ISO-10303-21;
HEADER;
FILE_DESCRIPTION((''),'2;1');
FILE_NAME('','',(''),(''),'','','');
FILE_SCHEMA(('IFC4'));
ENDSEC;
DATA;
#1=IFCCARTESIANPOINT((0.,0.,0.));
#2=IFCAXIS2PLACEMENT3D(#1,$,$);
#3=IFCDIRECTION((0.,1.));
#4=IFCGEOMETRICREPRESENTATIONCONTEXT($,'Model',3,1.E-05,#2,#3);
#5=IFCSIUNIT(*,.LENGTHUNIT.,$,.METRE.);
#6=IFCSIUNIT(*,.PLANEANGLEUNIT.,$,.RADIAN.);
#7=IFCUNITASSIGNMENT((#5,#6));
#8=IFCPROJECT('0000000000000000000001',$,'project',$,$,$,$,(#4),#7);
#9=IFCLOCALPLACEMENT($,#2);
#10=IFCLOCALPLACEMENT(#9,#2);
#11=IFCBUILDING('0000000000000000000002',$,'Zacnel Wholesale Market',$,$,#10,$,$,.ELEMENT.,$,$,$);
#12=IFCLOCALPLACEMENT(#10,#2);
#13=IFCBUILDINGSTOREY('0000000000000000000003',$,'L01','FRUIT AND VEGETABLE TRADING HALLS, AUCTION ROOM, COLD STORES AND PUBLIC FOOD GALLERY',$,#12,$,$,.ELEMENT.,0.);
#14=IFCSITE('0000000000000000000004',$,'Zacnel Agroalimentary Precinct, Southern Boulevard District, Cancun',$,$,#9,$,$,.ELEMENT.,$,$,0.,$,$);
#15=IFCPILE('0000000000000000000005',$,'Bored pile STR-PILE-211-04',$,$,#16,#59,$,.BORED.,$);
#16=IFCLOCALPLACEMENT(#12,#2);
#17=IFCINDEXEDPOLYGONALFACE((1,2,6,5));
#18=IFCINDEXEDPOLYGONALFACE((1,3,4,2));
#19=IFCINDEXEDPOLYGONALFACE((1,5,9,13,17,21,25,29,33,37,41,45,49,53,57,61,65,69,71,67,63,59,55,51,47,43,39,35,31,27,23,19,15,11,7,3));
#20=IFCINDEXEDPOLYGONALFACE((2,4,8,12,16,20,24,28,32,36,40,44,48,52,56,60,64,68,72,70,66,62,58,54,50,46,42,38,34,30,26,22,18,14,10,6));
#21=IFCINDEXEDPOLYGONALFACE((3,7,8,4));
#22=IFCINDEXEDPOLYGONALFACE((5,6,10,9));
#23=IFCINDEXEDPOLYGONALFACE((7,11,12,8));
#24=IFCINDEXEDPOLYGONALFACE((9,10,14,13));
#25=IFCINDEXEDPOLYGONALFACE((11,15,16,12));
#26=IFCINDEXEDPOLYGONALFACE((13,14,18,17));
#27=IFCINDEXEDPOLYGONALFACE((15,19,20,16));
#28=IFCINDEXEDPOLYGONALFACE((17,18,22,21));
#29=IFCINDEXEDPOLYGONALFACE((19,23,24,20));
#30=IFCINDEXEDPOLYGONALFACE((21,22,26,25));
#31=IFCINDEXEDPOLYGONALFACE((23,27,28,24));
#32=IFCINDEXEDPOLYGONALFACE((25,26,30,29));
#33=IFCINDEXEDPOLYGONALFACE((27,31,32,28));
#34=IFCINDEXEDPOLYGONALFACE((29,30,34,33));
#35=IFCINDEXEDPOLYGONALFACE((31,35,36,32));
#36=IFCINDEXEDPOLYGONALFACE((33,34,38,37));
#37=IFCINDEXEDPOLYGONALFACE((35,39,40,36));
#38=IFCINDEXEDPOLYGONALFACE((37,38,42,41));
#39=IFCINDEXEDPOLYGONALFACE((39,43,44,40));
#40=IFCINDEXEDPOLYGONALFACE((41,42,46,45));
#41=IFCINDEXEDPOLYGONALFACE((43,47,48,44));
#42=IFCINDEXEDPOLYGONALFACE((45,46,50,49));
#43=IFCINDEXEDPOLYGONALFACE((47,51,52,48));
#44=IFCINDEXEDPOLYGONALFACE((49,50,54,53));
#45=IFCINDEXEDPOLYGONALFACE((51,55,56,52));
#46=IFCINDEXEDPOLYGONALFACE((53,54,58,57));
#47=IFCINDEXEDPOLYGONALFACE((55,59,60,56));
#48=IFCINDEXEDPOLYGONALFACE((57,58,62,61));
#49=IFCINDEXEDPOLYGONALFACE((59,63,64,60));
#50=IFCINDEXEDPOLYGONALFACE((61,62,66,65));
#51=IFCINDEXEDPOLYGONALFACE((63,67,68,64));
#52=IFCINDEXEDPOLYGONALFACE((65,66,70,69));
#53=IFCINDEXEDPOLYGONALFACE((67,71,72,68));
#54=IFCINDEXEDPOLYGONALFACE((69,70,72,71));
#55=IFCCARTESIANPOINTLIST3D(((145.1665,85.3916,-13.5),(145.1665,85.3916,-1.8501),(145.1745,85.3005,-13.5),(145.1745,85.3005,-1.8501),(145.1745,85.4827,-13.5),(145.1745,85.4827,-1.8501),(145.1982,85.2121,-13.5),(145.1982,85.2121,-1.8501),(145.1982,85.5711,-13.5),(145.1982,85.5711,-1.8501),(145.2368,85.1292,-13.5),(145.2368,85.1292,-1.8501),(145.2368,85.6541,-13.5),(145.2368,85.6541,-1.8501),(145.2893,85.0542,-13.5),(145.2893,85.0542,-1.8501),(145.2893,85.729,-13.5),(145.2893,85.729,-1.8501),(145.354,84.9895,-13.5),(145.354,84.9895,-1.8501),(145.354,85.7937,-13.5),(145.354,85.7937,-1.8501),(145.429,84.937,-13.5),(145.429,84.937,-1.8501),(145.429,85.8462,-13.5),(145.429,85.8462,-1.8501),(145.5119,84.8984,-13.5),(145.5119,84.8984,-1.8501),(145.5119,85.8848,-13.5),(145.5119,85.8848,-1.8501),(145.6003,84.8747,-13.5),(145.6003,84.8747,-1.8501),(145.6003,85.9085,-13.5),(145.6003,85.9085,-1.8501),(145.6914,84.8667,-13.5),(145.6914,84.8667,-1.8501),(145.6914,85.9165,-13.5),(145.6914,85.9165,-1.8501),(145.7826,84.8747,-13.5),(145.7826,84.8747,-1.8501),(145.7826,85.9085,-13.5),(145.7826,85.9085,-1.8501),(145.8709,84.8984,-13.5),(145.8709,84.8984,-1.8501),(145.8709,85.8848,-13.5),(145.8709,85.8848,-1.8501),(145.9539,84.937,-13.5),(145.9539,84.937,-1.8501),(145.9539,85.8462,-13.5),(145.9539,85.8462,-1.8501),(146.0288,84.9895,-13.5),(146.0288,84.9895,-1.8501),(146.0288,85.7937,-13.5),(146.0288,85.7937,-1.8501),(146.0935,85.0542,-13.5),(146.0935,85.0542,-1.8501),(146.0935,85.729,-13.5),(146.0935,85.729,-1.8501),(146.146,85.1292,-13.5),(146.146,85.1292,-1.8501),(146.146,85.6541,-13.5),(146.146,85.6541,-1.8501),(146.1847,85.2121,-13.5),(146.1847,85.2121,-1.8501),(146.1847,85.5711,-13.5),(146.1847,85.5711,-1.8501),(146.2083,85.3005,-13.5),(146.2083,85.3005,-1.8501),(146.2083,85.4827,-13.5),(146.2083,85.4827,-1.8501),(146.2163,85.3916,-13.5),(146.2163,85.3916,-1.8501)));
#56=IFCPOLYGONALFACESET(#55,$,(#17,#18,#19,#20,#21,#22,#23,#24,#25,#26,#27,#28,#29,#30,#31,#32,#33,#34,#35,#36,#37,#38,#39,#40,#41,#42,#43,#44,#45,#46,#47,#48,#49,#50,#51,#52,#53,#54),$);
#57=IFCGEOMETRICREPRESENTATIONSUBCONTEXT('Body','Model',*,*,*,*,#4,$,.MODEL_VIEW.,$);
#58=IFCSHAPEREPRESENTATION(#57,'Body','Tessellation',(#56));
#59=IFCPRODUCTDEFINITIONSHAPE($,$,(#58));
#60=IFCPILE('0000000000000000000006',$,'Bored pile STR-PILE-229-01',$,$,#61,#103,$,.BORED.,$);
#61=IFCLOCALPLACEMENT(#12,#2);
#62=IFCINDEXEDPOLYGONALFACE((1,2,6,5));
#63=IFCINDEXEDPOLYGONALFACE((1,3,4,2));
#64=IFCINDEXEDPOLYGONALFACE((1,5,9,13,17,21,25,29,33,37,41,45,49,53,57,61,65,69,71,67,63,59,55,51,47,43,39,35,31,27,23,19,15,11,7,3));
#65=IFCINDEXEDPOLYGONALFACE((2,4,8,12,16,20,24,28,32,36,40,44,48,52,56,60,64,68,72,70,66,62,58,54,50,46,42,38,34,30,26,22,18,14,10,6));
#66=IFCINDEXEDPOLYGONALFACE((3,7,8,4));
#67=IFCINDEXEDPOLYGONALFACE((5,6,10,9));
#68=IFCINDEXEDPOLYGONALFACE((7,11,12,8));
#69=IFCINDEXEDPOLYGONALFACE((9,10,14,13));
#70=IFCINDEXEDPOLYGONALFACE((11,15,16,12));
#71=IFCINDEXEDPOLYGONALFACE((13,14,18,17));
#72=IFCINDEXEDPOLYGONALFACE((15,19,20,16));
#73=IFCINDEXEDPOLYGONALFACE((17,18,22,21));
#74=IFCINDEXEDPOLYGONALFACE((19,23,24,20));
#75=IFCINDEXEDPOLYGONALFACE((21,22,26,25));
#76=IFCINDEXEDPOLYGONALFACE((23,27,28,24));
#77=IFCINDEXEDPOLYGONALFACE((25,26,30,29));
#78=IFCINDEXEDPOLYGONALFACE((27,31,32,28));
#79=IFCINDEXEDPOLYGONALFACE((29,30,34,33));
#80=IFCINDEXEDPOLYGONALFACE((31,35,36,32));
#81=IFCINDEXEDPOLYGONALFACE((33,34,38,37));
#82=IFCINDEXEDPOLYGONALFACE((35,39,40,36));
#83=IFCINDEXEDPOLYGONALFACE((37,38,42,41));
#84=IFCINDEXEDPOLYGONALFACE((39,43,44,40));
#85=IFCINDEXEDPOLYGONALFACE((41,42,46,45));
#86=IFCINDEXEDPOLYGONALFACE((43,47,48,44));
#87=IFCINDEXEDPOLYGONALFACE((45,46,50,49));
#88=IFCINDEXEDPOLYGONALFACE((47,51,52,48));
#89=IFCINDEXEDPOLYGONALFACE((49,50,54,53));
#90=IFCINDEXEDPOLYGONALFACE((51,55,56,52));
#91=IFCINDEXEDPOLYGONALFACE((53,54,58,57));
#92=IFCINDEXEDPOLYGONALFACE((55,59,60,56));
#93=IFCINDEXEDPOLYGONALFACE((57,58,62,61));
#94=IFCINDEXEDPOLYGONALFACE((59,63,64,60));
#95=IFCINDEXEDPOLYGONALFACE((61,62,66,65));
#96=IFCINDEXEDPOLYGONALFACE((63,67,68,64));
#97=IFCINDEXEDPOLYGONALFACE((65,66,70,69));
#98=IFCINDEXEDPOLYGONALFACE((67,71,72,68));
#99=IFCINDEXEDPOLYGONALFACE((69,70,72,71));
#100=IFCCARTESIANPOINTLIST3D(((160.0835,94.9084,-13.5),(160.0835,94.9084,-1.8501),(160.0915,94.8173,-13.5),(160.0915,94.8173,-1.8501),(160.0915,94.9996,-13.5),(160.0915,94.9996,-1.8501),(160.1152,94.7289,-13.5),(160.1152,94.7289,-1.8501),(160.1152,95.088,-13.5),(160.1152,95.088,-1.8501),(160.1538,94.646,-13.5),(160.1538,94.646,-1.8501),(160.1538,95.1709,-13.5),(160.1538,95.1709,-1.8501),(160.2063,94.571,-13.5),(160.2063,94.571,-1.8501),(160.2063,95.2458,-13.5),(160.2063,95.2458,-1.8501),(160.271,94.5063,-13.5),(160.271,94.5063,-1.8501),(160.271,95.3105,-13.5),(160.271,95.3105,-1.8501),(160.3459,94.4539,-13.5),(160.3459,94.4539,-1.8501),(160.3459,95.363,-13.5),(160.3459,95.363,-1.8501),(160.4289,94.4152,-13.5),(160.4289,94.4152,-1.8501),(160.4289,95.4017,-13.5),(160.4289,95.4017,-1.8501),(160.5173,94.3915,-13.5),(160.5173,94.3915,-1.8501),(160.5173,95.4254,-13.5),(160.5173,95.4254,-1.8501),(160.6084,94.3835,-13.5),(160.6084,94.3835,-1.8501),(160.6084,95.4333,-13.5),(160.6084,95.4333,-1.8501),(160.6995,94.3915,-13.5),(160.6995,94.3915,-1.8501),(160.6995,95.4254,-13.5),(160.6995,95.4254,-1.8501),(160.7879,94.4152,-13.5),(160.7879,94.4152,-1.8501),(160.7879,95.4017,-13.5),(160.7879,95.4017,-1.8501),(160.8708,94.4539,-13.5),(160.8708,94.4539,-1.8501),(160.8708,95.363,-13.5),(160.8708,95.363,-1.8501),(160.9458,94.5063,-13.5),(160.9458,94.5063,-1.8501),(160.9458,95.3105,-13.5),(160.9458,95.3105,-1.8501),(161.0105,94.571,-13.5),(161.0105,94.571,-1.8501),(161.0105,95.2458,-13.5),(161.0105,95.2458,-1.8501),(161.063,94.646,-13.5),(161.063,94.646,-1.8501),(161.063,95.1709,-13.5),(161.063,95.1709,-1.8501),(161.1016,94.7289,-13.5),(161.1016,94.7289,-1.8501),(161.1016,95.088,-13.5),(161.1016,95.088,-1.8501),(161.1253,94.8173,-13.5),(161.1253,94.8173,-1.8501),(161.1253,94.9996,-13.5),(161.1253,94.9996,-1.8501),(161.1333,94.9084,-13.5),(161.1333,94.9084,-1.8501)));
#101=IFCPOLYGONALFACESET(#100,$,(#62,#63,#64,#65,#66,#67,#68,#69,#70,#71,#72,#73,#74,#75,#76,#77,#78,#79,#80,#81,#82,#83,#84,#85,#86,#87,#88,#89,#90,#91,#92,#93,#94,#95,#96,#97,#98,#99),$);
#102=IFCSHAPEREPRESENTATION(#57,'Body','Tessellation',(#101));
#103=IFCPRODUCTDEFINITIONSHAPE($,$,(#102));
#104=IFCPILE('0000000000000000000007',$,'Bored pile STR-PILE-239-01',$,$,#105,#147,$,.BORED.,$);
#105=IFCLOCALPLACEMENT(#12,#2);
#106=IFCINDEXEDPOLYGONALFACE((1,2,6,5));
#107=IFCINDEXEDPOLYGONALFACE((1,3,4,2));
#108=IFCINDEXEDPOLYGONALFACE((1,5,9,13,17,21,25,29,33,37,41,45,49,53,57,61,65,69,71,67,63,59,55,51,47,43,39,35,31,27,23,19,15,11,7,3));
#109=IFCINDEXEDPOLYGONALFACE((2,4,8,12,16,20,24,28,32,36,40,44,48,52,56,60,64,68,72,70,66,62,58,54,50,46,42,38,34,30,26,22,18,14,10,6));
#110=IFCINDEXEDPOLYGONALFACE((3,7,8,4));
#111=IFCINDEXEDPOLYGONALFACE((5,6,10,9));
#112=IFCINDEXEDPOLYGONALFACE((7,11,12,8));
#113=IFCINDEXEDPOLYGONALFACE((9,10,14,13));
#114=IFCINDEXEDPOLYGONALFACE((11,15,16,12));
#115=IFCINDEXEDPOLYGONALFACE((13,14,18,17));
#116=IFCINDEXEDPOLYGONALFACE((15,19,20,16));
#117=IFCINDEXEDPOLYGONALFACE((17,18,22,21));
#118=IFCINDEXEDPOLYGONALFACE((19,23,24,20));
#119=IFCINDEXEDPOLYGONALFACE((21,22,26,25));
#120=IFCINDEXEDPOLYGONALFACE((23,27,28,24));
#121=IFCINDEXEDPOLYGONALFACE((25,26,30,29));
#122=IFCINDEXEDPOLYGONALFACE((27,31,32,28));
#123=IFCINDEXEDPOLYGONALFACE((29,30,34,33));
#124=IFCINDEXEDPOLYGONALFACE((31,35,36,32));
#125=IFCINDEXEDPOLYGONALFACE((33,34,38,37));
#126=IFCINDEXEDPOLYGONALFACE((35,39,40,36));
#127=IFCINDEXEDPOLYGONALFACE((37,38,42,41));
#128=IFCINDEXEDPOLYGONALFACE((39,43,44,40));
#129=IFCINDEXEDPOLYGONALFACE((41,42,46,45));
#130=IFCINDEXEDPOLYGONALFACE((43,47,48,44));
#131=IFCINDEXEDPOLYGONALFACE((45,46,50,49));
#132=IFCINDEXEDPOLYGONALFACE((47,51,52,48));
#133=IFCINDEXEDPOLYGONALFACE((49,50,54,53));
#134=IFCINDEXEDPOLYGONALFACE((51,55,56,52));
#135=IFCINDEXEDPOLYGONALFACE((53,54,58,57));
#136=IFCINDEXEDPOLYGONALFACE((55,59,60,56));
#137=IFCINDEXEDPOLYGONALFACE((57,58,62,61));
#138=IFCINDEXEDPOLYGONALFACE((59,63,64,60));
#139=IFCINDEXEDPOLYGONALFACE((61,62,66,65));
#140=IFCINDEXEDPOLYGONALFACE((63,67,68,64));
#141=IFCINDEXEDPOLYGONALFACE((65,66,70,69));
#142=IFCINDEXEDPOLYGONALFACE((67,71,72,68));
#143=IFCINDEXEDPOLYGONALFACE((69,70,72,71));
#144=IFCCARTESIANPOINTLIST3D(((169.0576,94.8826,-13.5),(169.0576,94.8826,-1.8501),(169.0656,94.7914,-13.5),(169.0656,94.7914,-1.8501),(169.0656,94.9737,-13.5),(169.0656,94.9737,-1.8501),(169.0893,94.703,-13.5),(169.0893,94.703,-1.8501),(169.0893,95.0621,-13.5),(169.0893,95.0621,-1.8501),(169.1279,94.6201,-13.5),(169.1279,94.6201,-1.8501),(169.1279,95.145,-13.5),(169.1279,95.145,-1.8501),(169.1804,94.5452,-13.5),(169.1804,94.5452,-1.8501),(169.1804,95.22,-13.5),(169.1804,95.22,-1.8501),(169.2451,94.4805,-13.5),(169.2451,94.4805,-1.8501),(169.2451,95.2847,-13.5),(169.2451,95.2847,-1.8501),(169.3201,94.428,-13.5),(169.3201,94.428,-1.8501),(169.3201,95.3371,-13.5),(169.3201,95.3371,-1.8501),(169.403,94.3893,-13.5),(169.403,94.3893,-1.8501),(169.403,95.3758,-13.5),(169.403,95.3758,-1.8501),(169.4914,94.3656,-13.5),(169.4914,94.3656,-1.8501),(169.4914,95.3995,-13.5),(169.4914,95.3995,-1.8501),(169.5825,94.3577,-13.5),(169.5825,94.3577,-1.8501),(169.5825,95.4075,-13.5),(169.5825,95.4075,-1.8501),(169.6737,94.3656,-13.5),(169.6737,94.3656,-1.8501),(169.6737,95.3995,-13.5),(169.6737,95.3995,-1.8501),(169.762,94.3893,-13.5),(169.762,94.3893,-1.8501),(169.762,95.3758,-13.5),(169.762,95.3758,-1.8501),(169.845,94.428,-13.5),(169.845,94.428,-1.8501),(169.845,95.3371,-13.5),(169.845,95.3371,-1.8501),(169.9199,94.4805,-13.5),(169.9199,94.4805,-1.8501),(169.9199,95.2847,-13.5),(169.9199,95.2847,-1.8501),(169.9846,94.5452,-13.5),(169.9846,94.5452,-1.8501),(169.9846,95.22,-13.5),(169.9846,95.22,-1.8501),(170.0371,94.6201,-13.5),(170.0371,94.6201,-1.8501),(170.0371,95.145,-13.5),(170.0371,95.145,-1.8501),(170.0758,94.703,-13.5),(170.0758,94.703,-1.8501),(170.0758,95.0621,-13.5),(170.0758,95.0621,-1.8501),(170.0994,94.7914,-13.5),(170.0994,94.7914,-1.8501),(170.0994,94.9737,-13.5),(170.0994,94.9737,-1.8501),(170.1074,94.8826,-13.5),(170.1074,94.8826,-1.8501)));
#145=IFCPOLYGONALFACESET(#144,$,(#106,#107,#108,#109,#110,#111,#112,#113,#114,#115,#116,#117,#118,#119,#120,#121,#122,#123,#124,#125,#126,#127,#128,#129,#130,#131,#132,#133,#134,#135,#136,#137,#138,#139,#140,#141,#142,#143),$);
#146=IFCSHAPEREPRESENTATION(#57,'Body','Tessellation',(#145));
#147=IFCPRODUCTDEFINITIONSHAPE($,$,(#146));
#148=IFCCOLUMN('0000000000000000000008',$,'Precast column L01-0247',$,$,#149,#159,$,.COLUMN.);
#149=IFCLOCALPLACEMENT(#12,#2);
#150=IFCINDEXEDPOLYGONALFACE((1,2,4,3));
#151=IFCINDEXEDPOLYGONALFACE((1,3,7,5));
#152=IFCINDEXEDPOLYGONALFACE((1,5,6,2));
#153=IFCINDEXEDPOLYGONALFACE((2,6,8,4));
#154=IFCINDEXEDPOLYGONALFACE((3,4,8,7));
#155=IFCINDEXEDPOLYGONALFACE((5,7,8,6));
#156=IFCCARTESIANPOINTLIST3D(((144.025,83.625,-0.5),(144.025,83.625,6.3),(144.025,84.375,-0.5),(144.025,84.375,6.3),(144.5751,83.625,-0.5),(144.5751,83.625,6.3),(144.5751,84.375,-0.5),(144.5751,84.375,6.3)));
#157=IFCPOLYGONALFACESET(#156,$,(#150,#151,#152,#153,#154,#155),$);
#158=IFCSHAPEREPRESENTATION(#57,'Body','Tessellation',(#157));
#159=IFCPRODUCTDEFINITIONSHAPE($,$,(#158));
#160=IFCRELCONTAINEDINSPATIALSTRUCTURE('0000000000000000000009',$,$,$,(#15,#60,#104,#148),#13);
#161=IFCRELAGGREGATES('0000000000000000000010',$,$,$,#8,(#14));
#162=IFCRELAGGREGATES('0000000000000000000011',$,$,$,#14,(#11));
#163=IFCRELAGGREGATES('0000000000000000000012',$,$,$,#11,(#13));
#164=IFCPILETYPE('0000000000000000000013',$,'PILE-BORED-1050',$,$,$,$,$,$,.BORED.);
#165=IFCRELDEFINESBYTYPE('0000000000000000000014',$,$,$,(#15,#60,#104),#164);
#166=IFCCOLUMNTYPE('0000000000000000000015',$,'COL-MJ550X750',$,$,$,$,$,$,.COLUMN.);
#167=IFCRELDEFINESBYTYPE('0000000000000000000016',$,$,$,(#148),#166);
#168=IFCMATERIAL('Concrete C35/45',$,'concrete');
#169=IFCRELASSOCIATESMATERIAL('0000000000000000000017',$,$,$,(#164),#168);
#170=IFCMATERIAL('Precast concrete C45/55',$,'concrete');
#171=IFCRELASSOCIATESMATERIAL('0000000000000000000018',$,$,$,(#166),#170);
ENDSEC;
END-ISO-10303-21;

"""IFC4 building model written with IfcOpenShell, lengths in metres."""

from ifc_helpers import new_model, si_unit, direction, frame, origin, origin_2d, place, context, subcontext, project, spatial, rectangle, circle, extrude, material, material_profile, profile_set, type_object, element, save


model = new_model("IFC4")

# Units and contexts
model_context = context("Model", 3, precision=1e-05, world=origin(), true_north=direction((0.0, 1.0)))
body_context = subcontext(model_context, "Body", "Model", "MODEL_VIEW")
ifc_project = project(units=[si_unit("LENGTHUNIT", "METRE"), si_unit("PLANEANGLEUNIT", "RADIAN")], contexts=[model_context])

# Site, building, storey
site_placement = place(None, origin())
site = spatial("IfcSite", under=ifc_project, at=site_placement, Name="Zacnel Agroalimentary Precinct, Southern Boulevard District, Cancun", CompositionType="ELEMENT", RefElevation=0.0)
building_placement = place(site_placement, origin())
building = spatial("IfcBuilding", under=site, at=building_placement, Name="Zacnel Wholesale Market", CompositionType="ELEMENT")
storey_placement = place(building_placement, origin())
storey = spatial("IfcBuildingStorey", under=building, at=storey_placement, Name="L01", Description="FRUIT AND VEGETABLE TRADING HALLS, AUCTION ROOM, COLD STORES AND PUBLIC FOOD GALLERY", CompositionType="ELEMENT", Elevation=0.0)

# Piles
ifc_material_1 = material(Name="Concrete C35/45", Category="concrete")
ifc_material_profile_1 = material_profile(ifc_material_1, circle(Radius=0.5249, at=origin_2d()), Name="BORED PILE D1050")
ifc_profile_set_1 = profile_set([ifc_material_profile_1], Name="Concrete C35/45")
pile_type = type_object("IfcPileType", Name="PILE-BORED-1050", PredefinedType="BORED", material=ifc_profile_set_1)
for number, where, z_axis, x_axis, name in (
    (1, (145.6914, 85.3916, -1.8501), (0.0, 0.0, -1.0), (1.0, 0.0, 0.0), "Bored pile STR-PILE-211-04"),
    (2, (160.6084, 94.9084, -1.8501), (0.0, 0.0, -1.0), (1.0, 0.0, 0.0), "Bored pile STR-PILE-229-01"),
    (3, (169.5825, 94.8826, -1.8501), (0.0, 0.0, -1.0), (1.0, 0.0, 0.0), "Bored pile STR-PILE-239-01"),
):
    element("IfcPile", number, at=place(storey_placement, frame(where, z_axis=z_axis, x_axis=x_axis)), inside=storey, type_object=pile_type, Name=name, PredefinedType="BORED", context=body_context, shape_type="SweptSolid", body=[
        extrude(circle(Radius=0.5249, at=origin_2d()), origin(), (0.0, 0.0, 1.0), 11.6499),
    ])

# Column
ifc_material_2 = material(Name="Precast concrete C45/55", Category="concrete")
ifc_material_profile_2 = material_profile(ifc_material_2, rectangle(XDim=0.55, YDim=0.75, at=origin_2d()), Name="PC 550x750")
ifc_profile_set_2 = profile_set([ifc_material_profile_2], Name="Precast concrete C45/55")
column_type = type_object("IfcColumnType", Name="COL-MJ550X750", PredefinedType="COLUMN", material=ifc_profile_set_2)
column_placement = place(storey_placement, frame((144.3, 84.0, -0.5), z_axis=(0.0, 0.0, 1.0), x_axis=(1.0, 0.0, 0.0)))
element("IfcColumn", 4, at=column_placement, inside=storey, type_object=column_type, Name="Precast column L01-0247", PredefinedType="COLUMN", context=body_context, shape_type="SweptSolid", body=[
    extrude(rectangle(XDim=0.55, YDim=0.75, at=origin_2d()), origin(), (0.0, 0.0, 1.0), 6.8),
])

save(model, "model.ifc")
